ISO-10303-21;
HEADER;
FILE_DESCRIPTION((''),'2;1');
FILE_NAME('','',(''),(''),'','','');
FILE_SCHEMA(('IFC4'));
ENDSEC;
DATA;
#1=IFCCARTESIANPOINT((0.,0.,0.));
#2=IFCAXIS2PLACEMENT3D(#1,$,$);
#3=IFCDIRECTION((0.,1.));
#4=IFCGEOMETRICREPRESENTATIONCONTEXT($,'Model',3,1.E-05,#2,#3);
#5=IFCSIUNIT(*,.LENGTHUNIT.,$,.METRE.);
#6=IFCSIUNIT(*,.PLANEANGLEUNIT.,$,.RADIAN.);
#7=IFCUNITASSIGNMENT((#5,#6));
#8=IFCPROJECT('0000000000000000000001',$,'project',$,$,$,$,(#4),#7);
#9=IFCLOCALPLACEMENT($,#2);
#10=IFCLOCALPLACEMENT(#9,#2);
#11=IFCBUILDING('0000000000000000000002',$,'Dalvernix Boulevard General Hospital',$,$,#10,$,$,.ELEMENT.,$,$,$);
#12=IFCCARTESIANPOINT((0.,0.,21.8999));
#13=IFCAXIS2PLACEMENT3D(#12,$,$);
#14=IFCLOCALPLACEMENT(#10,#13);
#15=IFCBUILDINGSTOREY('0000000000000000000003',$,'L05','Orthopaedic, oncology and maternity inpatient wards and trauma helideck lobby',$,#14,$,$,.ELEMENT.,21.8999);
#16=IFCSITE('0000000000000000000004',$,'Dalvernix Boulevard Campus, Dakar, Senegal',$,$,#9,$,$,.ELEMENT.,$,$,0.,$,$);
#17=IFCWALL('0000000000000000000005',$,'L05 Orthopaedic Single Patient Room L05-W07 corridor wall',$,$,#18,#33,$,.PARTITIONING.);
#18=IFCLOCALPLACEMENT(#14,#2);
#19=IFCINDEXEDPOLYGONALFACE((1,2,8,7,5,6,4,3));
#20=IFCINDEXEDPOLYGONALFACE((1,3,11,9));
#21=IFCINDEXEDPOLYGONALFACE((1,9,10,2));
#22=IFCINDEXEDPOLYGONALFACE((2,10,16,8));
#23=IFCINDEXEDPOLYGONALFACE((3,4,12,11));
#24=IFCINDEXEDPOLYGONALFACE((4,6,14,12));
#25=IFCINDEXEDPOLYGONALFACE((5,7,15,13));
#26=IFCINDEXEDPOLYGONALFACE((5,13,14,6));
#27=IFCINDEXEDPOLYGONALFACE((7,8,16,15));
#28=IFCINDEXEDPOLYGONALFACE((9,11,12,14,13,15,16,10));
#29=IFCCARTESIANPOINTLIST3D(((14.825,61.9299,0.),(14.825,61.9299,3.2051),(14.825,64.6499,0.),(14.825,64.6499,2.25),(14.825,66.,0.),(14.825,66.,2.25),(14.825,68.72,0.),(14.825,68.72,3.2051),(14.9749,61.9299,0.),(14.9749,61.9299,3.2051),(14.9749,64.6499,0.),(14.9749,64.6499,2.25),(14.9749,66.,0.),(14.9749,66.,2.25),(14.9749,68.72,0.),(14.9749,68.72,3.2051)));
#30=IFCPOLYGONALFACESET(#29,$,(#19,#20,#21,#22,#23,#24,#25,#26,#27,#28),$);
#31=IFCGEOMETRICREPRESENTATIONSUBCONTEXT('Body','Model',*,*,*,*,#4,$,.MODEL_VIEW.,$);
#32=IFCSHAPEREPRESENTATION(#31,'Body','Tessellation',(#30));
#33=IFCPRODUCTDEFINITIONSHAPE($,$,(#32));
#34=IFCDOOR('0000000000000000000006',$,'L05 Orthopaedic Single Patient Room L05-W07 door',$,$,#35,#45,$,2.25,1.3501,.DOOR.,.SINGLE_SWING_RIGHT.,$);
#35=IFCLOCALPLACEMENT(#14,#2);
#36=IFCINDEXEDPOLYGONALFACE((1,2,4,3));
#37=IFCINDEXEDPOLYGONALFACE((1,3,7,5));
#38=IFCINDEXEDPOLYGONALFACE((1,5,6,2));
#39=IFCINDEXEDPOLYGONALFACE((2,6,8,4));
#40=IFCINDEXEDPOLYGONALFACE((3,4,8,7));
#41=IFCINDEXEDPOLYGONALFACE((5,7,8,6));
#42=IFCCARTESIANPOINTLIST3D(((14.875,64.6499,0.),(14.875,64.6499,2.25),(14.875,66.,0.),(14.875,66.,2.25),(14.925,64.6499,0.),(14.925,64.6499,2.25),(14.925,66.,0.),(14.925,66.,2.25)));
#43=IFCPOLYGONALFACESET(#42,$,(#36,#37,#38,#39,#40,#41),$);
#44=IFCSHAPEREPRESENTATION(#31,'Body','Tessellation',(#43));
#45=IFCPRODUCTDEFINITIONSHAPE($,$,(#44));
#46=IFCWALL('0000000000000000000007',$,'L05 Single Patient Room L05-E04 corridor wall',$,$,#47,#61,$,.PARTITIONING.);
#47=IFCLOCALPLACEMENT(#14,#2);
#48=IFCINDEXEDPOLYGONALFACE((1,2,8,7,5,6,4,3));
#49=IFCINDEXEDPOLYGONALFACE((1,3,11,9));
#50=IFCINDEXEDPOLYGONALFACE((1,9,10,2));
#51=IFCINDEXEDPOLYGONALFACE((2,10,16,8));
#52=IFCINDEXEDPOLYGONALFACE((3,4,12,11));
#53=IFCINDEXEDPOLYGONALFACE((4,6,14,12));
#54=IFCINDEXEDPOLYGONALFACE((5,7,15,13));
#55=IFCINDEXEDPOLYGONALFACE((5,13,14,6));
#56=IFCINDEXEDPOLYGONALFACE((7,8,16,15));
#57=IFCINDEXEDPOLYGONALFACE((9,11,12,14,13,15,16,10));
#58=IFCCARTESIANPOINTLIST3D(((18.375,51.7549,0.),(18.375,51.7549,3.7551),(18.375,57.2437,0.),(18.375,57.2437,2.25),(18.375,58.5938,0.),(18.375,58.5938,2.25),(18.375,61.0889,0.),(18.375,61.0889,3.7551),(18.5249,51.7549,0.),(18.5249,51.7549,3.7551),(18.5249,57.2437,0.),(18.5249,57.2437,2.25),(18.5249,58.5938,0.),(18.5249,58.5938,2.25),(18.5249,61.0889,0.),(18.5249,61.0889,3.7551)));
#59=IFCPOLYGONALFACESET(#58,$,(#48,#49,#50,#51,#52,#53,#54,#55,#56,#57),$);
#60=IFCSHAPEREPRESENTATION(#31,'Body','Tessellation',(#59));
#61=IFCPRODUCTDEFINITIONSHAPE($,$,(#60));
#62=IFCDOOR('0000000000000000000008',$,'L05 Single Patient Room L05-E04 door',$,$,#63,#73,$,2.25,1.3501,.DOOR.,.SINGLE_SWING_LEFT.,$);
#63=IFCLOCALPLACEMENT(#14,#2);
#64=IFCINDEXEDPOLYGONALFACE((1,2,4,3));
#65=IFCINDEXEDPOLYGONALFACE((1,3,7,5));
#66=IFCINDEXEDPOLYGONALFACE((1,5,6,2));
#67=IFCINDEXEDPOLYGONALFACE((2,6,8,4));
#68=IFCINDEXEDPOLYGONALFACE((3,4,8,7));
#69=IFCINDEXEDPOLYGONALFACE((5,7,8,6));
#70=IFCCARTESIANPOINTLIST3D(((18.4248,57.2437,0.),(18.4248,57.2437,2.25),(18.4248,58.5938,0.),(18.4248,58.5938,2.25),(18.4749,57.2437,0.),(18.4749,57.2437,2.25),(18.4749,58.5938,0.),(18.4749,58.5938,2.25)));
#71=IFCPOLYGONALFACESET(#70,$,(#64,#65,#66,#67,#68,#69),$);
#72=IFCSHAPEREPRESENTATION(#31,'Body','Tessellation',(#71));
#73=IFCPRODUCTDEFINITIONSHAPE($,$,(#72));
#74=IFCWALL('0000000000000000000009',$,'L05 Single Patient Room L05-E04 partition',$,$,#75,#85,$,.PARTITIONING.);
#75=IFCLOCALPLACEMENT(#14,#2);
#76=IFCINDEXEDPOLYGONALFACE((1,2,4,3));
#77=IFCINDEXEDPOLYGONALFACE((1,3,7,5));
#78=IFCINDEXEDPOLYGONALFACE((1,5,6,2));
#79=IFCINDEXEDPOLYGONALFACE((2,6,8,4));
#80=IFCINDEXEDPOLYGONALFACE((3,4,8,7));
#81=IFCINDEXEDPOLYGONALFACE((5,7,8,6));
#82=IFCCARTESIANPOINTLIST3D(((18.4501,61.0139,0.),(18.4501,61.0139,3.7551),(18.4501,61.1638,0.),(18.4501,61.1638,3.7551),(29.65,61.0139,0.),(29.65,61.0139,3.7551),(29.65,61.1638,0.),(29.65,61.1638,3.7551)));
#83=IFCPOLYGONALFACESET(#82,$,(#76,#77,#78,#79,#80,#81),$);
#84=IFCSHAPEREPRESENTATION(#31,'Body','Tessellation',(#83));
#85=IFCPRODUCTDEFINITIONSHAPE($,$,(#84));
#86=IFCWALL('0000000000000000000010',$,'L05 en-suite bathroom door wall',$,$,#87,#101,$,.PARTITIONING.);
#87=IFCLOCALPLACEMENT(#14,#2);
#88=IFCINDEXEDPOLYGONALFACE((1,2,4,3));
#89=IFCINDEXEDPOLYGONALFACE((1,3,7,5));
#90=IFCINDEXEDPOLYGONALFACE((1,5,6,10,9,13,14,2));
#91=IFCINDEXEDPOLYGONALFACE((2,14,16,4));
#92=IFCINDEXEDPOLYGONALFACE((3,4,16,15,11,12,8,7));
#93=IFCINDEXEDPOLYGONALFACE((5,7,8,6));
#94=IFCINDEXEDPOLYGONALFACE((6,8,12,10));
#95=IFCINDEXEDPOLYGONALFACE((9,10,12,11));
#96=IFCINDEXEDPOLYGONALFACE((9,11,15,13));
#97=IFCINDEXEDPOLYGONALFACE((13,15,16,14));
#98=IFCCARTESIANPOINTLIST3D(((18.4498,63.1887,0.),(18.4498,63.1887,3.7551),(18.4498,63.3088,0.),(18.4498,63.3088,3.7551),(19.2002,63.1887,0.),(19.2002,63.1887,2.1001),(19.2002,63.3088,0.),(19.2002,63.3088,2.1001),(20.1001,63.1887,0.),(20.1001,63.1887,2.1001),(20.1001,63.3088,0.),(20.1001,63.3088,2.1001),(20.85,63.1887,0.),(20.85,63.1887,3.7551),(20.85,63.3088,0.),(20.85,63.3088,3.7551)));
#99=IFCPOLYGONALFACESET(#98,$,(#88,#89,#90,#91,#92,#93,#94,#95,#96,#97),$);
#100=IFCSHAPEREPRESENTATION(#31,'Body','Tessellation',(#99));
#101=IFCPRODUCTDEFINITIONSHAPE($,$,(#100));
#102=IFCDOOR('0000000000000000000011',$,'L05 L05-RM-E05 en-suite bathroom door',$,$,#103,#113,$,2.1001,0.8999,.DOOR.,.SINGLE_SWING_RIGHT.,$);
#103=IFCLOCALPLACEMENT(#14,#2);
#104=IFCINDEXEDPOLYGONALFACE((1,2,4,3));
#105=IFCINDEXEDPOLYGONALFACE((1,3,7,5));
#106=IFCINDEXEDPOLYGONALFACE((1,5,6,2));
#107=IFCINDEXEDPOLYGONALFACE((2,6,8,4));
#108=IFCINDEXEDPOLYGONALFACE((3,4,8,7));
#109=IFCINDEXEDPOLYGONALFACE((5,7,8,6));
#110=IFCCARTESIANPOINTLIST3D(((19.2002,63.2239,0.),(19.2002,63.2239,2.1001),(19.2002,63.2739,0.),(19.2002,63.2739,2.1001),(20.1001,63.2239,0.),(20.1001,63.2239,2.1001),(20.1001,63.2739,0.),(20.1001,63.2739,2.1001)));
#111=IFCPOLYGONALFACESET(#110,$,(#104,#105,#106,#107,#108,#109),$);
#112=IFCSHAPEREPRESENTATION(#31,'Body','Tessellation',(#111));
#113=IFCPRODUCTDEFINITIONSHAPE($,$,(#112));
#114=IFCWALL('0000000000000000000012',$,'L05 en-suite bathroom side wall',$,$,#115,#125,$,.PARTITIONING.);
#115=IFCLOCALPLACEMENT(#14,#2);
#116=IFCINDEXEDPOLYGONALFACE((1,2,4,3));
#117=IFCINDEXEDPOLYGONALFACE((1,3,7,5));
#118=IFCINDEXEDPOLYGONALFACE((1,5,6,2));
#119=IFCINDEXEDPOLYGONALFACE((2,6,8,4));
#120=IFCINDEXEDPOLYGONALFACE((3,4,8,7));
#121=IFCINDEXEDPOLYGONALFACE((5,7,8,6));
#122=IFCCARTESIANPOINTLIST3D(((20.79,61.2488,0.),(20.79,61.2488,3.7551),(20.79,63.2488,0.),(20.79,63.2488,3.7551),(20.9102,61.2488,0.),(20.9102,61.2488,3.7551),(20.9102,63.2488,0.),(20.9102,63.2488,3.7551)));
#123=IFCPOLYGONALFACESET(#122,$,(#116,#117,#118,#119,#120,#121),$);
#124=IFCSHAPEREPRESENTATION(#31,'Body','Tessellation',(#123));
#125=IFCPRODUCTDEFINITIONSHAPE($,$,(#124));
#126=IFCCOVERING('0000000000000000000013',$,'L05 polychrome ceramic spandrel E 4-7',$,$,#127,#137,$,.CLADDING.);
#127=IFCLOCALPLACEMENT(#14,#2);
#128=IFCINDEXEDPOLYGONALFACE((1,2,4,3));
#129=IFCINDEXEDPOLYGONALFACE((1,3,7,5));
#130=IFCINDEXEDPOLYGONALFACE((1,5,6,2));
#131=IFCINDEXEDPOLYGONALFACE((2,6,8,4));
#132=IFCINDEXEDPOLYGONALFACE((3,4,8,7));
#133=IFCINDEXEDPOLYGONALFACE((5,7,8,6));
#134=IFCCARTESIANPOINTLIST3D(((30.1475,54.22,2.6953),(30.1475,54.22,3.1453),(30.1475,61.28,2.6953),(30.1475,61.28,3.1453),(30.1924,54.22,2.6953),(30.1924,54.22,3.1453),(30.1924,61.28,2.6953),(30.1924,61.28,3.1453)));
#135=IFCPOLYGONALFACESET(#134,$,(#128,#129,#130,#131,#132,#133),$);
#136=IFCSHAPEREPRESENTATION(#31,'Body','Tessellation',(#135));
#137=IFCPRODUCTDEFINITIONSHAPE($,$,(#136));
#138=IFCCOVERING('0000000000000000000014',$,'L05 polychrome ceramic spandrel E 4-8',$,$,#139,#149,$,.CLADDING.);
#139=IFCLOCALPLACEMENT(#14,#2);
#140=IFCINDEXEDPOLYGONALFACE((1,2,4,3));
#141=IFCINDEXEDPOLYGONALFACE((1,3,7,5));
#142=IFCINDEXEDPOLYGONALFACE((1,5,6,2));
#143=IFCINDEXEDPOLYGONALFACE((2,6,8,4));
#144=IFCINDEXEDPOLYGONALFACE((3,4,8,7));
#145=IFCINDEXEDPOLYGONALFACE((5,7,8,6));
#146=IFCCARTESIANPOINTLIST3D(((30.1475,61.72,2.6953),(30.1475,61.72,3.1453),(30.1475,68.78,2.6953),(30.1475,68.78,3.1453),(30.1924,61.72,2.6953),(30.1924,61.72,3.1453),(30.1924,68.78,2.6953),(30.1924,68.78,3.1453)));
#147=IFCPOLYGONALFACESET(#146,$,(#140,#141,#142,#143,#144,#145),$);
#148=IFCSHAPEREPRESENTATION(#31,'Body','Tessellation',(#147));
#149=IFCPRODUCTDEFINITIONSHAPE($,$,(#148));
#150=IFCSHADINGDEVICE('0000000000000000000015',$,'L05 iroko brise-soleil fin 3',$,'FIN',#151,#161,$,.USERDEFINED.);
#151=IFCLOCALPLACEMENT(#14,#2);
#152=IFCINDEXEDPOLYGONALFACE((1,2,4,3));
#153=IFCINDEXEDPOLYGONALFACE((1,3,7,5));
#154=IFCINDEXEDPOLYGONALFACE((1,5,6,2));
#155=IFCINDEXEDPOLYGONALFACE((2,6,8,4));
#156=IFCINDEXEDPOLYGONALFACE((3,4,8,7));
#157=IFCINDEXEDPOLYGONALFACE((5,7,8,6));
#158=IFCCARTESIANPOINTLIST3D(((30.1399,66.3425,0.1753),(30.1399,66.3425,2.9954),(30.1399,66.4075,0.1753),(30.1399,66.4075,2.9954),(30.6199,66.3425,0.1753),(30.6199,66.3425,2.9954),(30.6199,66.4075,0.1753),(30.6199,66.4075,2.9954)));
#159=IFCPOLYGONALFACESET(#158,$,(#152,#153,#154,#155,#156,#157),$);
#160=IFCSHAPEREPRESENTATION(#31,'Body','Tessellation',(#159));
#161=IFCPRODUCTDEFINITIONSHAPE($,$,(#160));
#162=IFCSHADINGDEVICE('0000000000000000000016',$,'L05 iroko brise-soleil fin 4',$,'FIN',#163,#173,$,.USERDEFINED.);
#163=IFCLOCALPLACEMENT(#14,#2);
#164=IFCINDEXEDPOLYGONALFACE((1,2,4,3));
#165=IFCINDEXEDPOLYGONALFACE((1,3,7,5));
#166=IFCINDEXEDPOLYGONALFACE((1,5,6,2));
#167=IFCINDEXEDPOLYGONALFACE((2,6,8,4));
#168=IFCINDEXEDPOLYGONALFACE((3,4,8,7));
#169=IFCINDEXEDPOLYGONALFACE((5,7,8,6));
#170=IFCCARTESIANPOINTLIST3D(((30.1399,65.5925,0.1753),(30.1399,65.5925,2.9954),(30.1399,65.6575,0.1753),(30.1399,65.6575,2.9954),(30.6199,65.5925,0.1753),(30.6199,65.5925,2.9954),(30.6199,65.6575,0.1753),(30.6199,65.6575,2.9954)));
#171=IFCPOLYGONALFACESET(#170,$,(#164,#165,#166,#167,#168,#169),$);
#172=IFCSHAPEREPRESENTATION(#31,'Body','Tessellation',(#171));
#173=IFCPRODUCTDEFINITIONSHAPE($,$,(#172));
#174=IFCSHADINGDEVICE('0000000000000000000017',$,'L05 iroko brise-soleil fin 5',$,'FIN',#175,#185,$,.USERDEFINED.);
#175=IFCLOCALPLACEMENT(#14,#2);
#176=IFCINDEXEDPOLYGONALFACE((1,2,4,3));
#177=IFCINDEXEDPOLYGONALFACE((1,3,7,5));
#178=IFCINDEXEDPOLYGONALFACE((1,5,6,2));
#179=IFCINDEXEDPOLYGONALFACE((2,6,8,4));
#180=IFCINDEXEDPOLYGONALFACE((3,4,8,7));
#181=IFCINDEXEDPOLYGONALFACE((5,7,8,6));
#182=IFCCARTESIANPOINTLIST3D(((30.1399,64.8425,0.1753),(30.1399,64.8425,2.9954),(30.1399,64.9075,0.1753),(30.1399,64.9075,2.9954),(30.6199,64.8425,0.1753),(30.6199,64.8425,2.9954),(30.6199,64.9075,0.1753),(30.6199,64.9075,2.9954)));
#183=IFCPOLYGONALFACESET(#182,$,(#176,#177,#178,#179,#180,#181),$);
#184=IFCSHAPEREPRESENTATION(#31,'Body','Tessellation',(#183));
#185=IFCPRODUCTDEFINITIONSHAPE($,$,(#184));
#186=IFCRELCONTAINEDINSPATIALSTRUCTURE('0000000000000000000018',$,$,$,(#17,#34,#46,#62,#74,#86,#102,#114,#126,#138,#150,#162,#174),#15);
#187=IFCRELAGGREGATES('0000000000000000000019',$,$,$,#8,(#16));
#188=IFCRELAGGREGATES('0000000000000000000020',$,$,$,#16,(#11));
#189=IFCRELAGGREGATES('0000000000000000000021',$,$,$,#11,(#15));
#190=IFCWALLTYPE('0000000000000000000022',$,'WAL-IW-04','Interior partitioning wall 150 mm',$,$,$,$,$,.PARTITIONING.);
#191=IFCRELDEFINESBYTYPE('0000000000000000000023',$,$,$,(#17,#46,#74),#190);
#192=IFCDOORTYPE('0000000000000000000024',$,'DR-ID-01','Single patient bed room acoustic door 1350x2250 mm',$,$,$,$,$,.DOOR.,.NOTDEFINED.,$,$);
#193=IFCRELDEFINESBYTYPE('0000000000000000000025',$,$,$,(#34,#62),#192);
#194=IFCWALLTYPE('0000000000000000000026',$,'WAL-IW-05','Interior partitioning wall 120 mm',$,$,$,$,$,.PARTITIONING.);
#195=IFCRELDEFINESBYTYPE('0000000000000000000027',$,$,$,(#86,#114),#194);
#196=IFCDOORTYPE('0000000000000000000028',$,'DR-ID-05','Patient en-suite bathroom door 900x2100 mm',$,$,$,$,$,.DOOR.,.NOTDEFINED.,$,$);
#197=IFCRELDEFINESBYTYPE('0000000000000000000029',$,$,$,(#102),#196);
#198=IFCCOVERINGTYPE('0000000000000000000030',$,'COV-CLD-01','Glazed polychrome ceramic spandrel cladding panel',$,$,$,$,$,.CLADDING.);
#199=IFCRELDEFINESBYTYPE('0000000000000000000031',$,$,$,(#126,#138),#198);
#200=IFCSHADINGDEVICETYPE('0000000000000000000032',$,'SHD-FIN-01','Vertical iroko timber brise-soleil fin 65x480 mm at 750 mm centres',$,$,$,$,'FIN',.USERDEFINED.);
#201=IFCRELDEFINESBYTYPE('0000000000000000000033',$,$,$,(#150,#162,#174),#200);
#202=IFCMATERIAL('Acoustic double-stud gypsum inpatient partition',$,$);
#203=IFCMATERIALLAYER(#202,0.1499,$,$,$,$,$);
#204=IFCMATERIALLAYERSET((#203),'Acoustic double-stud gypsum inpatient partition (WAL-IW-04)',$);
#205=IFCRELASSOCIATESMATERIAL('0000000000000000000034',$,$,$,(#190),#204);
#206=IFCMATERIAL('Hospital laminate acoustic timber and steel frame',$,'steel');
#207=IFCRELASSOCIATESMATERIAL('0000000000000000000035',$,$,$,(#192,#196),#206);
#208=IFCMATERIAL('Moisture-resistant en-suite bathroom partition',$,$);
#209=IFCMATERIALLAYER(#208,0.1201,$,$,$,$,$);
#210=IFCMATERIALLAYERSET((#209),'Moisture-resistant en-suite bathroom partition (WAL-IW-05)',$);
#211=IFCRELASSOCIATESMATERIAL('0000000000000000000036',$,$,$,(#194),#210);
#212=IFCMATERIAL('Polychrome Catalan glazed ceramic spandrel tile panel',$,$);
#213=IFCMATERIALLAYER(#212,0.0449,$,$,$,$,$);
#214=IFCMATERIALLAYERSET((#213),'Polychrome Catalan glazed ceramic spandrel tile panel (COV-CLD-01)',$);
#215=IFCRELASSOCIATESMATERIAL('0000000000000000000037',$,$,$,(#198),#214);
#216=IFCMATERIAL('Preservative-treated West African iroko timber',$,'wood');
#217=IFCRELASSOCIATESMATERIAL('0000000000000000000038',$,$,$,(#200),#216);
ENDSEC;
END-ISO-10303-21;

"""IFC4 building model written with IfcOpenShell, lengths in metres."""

from ifc_helpers import new_model, si_unit, direction, frame, frame_2d, origin, origin_2d, place, context, subcontext, project, spatial, rectangle, extrude, material, layer, layer_set, type_object, element, fill, save


model = new_model("IFC4")

# Units and contexts
model_context = context("Model", 3, precision=1e-05, world=origin(), true_north=direction((0.0, 1.0)))
body_context = subcontext(model_context, "Body", "Model", "MODEL_VIEW")
ifc_project = project(units=[si_unit("LENGTHUNIT", "METRE"), si_unit("PLANEANGLEUNIT", "RADIAN")], contexts=[model_context])

# Site, building, storey
site_placement = place(None, origin())
site = spatial("IfcSite", under=ifc_project, at=site_placement, Name="Dalvernix Boulevard Campus, Dakar, Senegal", CompositionType="ELEMENT", RefElevation=0.0)
building_placement = place(site_placement, origin())
building = spatial("IfcBuilding", under=site, at=building_placement, Name="Dalvernix Boulevard General Hospital", CompositionType="ELEMENT")
storey_placement = place(building_placement, frame((0.0, 0.0, 21.8999)))
storey = spatial("IfcBuildingStorey", under=building, at=storey_placement, Name="L05", Description="Orthopaedic, oncology and maternity inpatient wards and trauma helideck lobby", CompositionType="ELEMENT", Elevation=21.8999)

# Walls, openings, doors
ifc_material_1 = material(Name="Acoustic double-stud gypsum inpatient partition")
ifc_layer_1 = layer(ifc_material_1, 0.1499)
ifc_layer_set_1 = layer_set([ifc_layer_1], Name="Acoustic double-stud gypsum inpatient partition (WAL-IW-04)")
wall_type_1 = type_object("IfcWallType", Name="WAL-IW-04", Description="Interior partitioning wall 150 mm", PredefinedType="PARTITIONING", material=ifc_layer_set_1)
wall_1_placement = place(storey_placement, frame((14.8999, 61.9299, 0.0), z_axis=(0.0, 0.0, 1.0), x_axis=(0.0, 1.0, 0.0)))
wall_1 = element("IfcWall", 1, at=wall_1_placement, inside=storey, type_object=wall_type_1, Name="L05 Orthopaedic Single Patient Room L05-W07 corridor wall", PredefinedType="PARTITIONING", context=body_context, shape_type="SweptSolid", body=[
    extrude(rectangle(XDim=6.79, YDim=0.1499, at=frame_2d((3.395, 0.0))), origin(), (0.0, 0.0, 1.0), 3.2051),
])
opening_1_placement = place(wall_1_placement, frame((2.72, 0.0, 0.0)))
opening_1 = element("IfcOpeningElement", 2, at=opening_1_placement, cuts=wall_1, PredefinedType="OPENING", context=body_context, shape_type="SweptSolid", body=[
    extrude(rectangle(XDim=1.3501, YDim=2.25, at=frame_2d((0.675, 1.125))), frame((0.0, 0.085, 0.0), z_axis=(0.0, -1.0, 0.0), x_axis=(1.0, 0.0, 0.0)), (0.0, 0.0, 1.0), 0.1699),
])
ifc_material_2 = material(Name="Hospital laminate acoustic timber and steel frame", Category="steel")
door_type_1 = type_object("IfcDoorType", Name="DR-ID-01", Description="Single patient bed room acoustic door 1350x2250 mm", OperationType="NOTDEFINED", PredefinedType="DOOR", material=ifc_material_2)
door_1_placement = place(opening_1_placement, origin())
door_1 = element("IfcDoor", 3, at=door_1_placement, inside=storey, type_object=door_type_1, Name="L05 Orthopaedic Single Patient Room L05-W07 door", OperationType="SINGLE_SWING_RIGHT", OverallHeight=2.25, OverallWidth=1.3501, PredefinedType="DOOR", context=body_context, shape_type="SweptSolid", body=[
    extrude(rectangle(XDim=1.3501, YDim=2.25, at=frame_2d((0.675, 1.125))), frame((0.0, 0.0249, 0.0), z_axis=(0.0, -1.0, 0.0), x_axis=(1.0, 0.0, 0.0)), (0.0, 0.0, 1.0), 0.05),
])
fill(opening_1, door_1)
wall_2_placement = place(storey_placement, frame((18.45, 61.0889, 0.0), z_axis=(0.0, 0.0, 1.0), x_axis=(0.0, -1.0, 0.0)))
wall_2 = element("IfcWall", 4, at=wall_2_placement, inside=storey, type_object=wall_type_1, Name="L05 Single Patient Room L05-E04 corridor wall", PredefinedType="PARTITIONING", context=body_context, shape_type="SweptSolid", body=[
    extrude(rectangle(XDim=9.334, YDim=0.1499, at=frame_2d((4.667, 0.0))), origin(), (0.0, 0.0, 1.0), 3.7551),
])
opening_2_placement = place(wall_2_placement, frame((2.4951, 0.0, 0.0)))
opening_2 = element("IfcOpeningElement", 5, at=opening_2_placement, cuts=wall_2, PredefinedType="OPENING", context=body_context, shape_type="SweptSolid", body=[
    extrude(rectangle(XDim=1.3501, YDim=2.25, at=frame_2d((0.675, 1.125))), frame((0.0, 0.085, 0.0), z_axis=(0.0, -1.0, 0.0), x_axis=(1.0, 0.0, 0.0)), (0.0, 0.0, 1.0), 0.1699),
])
door_2_placement = place(opening_2_placement, origin())
door_2 = element("IfcDoor", 6, at=door_2_placement, inside=storey, type_object=door_type_1, Name="L05 Single Patient Room L05-E04 door", OperationType="SINGLE_SWING_LEFT", OverallHeight=2.25, OverallWidth=1.3501, PredefinedType="DOOR", context=body_context, shape_type="SweptSolid", body=[
    extrude(rectangle(XDim=1.3501, YDim=2.25, at=frame_2d((0.675, 1.125))), frame((0.0, 0.0249, 0.0), z_axis=(0.0, -1.0, 0.0), x_axis=(1.0, 0.0, 0.0)), (0.0, 0.0, 1.0), 0.05),
])
fill(opening_2, door_2)

# Wall
wall_3_placement = place(storey_placement, frame((18.45, 61.0889, 0.0), z_axis=(0.0, 0.0, 1.0), x_axis=(1.0, 0.0, 0.0)))
element("IfcWall", 7, at=wall_3_placement, inside=storey, type_object=wall_type_1, Name="L05 Single Patient Room L05-E04 partition", PredefinedType="PARTITIONING", context=body_context, shape_type="SweptSolid", body=[
    extrude(rectangle(XDim=11.2, YDim=0.1499, at=frame_2d((5.6001, 0.0))), origin(), (0.0, 0.0, 1.0), 3.7551),
])

# Wall, opening, door
ifc_material_3 = material(Name="Moisture-resistant en-suite bathroom partition")
ifc_layer_2 = layer(ifc_material_3, 0.1201)
ifc_layer_set_2 = layer_set([ifc_layer_2], Name="Moisture-resistant en-suite bathroom partition (WAL-IW-05)")
wall_type_2 = type_object("IfcWallType", Name="WAL-IW-05", Description="Interior partitioning wall 120 mm", PredefinedType="PARTITIONING", material=ifc_layer_set_2)
wall_4_placement = place(storey_placement, frame((20.8501, 63.2488, 0.0), z_axis=(0.0, 0.0, 1.0), x_axis=(-1.0, 0.0, 0.0)))
wall_4 = element("IfcWall", 8, at=wall_4_placement, inside=storey, type_object=wall_type_2, Name="L05 en-suite bathroom door wall", PredefinedType="PARTITIONING", context=body_context, shape_type="SweptSolid", body=[
    extrude(rectangle(XDim=2.4001, YDim=0.1201, at=frame_2d((1.2002, 0.0))), origin(), (0.0, 0.0, 1.0), 3.7551),
])
opening_3_placement = place(wall_4_placement, frame((0.75, 0.0, 0.0)))
opening_3 = element("IfcOpeningElement", 9, at=opening_3_placement, cuts=wall_4, PredefinedType="OPENING", context=body_context, shape_type="SweptSolid", body=[
    extrude(rectangle(XDim=0.8999, YDim=2.1001, at=frame_2d((0.45, 1.05))), frame((0.0, 0.0701, 0.0), z_axis=(0.0, -1.0, 0.0), x_axis=(1.0, 0.0, 0.0)), (0.0, 0.0, 1.0), 0.1401),
])
door_type_2 = type_object("IfcDoorType", Name="DR-ID-05", Description="Patient en-suite bathroom door 900x2100 mm", OperationType="NOTDEFINED", PredefinedType="DOOR", material=ifc_material_2)
door_3_placement = place(opening_3_placement, origin())
door_3 = element("IfcDoor", 10, at=door_3_placement, inside=storey, type_object=door_type_2, Name="L05 L05-RM-E05 en-suite bathroom door", OperationType="SINGLE_SWING_RIGHT", OverallHeight=2.1001, OverallWidth=0.8999, PredefinedType="DOOR", context=body_context, shape_type="SweptSolid", body=[
    extrude(rectangle(XDim=0.8999, YDim=2.1001, at=frame_2d((0.45, 1.05))), frame((0.0, 0.0249, 0.0), z_axis=(0.0, -1.0, 0.0), x_axis=(1.0, 0.0, 0.0)), (0.0, 0.0, 1.0), 0.05),
])
fill(opening_3, door_3)

# Wall
wall_5_placement = place(storey_placement, frame((20.8501, 61.2488, 0.0), z_axis=(0.0, 0.0, 1.0), x_axis=(0.0, 1.0, 0.0)))
element("IfcWall", 11, at=wall_5_placement, inside=storey, type_object=wall_type_2, Name="L05 en-suite bathroom side wall", PredefinedType="PARTITIONING", context=body_context, shape_type="SweptSolid", body=[
    extrude(rectangle(XDim=2.0, YDim=0.1201, at=frame_2d((1.0, 0.0))), origin(), (0.0, 0.0, 1.0), 3.7551),
])

# Coverings
ifc_material_4 = material(Name="Polychrome Catalan glazed ceramic spandrel tile panel")
ifc_layer_3 = layer(ifc_material_4, 0.0449)
ifc_layer_set_3 = layer_set([ifc_layer_3], Name="Polychrome Catalan glazed ceramic spandrel tile panel (COV-CLD-01)")
covering_type = type_object("IfcCoveringType", Name="COV-CLD-01", Description="Glazed polychrome ceramic spandrel cladding panel", PredefinedType="CLADDING", material=ifc_layer_set_3)
for number, where, z_axis, x_axis, name in (
    (12, (30.1699, 57.75, 2.6953), (0.0, 0.0, 1.0), (0.0, -1.0, 0.0), "L05 polychrome ceramic spandrel E 4-7"),
    (13, (30.1699, 65.25, 2.6953), (0.0, 0.0, 1.0), (0.0, -1.0, 0.0), "L05 polychrome ceramic spandrel E 4-8"),
):
    element("IfcCovering", number, at=place(storey_placement, frame(where, z_axis=z_axis, x_axis=x_axis)), inside=storey, type_object=covering_type, Name=name, PredefinedType="CLADDING", context=body_context, shape_type="SweptSolid", body=[
        extrude(rectangle(XDim=7.0601, YDim=0.0449, at=origin_2d()), origin(), (0.0, 0.0, 1.0), 0.45),
    ])

# Shading devices
ifc_material_5 = material(Name="Preservative-treated West African iroko timber", Category="wood")
shading_device_type = type_object("IfcShadingDeviceType", Name="SHD-FIN-01", Description="Vertical iroko timber brise-soleil fin 65x480 mm at 750 mm centres", ElementType="FIN", PredefinedType="USERDEFINED", material=ifc_material_5)
for number, where, z_axis, x_axis, name in (
    (14, (30.3799, 66.375, 0.1753), (0.0, 0.0, 1.0), (0.0, -1.0, 0.0), "L05 iroko brise-soleil fin 3"),
    (15, (30.3799, 65.625, 0.1753), (0.0, 0.0, 1.0), (0.0, -1.0, 0.0), "L05 iroko brise-soleil fin 4"),
    (16, (30.3799, 64.875, 0.1753), (0.0, 0.0, 1.0), (0.0, -1.0, 0.0), "L05 iroko brise-soleil fin 5"),
):
    element("IfcShadingDevice", number, at=place(storey_placement, frame(where, z_axis=z_axis, x_axis=x_axis)), inside=storey, type_object=shading_device_type, Name=name, ObjectType="FIN", PredefinedType="USERDEFINED", context=body_context, shape_type="SweptSolid", body=[
        extrude(rectangle(XDim=0.0649, YDim=0.48, at=origin_2d()), origin(), (0.0, 0.0, 1.0), 2.8201),
    ])

save(model, "model.ifc")
